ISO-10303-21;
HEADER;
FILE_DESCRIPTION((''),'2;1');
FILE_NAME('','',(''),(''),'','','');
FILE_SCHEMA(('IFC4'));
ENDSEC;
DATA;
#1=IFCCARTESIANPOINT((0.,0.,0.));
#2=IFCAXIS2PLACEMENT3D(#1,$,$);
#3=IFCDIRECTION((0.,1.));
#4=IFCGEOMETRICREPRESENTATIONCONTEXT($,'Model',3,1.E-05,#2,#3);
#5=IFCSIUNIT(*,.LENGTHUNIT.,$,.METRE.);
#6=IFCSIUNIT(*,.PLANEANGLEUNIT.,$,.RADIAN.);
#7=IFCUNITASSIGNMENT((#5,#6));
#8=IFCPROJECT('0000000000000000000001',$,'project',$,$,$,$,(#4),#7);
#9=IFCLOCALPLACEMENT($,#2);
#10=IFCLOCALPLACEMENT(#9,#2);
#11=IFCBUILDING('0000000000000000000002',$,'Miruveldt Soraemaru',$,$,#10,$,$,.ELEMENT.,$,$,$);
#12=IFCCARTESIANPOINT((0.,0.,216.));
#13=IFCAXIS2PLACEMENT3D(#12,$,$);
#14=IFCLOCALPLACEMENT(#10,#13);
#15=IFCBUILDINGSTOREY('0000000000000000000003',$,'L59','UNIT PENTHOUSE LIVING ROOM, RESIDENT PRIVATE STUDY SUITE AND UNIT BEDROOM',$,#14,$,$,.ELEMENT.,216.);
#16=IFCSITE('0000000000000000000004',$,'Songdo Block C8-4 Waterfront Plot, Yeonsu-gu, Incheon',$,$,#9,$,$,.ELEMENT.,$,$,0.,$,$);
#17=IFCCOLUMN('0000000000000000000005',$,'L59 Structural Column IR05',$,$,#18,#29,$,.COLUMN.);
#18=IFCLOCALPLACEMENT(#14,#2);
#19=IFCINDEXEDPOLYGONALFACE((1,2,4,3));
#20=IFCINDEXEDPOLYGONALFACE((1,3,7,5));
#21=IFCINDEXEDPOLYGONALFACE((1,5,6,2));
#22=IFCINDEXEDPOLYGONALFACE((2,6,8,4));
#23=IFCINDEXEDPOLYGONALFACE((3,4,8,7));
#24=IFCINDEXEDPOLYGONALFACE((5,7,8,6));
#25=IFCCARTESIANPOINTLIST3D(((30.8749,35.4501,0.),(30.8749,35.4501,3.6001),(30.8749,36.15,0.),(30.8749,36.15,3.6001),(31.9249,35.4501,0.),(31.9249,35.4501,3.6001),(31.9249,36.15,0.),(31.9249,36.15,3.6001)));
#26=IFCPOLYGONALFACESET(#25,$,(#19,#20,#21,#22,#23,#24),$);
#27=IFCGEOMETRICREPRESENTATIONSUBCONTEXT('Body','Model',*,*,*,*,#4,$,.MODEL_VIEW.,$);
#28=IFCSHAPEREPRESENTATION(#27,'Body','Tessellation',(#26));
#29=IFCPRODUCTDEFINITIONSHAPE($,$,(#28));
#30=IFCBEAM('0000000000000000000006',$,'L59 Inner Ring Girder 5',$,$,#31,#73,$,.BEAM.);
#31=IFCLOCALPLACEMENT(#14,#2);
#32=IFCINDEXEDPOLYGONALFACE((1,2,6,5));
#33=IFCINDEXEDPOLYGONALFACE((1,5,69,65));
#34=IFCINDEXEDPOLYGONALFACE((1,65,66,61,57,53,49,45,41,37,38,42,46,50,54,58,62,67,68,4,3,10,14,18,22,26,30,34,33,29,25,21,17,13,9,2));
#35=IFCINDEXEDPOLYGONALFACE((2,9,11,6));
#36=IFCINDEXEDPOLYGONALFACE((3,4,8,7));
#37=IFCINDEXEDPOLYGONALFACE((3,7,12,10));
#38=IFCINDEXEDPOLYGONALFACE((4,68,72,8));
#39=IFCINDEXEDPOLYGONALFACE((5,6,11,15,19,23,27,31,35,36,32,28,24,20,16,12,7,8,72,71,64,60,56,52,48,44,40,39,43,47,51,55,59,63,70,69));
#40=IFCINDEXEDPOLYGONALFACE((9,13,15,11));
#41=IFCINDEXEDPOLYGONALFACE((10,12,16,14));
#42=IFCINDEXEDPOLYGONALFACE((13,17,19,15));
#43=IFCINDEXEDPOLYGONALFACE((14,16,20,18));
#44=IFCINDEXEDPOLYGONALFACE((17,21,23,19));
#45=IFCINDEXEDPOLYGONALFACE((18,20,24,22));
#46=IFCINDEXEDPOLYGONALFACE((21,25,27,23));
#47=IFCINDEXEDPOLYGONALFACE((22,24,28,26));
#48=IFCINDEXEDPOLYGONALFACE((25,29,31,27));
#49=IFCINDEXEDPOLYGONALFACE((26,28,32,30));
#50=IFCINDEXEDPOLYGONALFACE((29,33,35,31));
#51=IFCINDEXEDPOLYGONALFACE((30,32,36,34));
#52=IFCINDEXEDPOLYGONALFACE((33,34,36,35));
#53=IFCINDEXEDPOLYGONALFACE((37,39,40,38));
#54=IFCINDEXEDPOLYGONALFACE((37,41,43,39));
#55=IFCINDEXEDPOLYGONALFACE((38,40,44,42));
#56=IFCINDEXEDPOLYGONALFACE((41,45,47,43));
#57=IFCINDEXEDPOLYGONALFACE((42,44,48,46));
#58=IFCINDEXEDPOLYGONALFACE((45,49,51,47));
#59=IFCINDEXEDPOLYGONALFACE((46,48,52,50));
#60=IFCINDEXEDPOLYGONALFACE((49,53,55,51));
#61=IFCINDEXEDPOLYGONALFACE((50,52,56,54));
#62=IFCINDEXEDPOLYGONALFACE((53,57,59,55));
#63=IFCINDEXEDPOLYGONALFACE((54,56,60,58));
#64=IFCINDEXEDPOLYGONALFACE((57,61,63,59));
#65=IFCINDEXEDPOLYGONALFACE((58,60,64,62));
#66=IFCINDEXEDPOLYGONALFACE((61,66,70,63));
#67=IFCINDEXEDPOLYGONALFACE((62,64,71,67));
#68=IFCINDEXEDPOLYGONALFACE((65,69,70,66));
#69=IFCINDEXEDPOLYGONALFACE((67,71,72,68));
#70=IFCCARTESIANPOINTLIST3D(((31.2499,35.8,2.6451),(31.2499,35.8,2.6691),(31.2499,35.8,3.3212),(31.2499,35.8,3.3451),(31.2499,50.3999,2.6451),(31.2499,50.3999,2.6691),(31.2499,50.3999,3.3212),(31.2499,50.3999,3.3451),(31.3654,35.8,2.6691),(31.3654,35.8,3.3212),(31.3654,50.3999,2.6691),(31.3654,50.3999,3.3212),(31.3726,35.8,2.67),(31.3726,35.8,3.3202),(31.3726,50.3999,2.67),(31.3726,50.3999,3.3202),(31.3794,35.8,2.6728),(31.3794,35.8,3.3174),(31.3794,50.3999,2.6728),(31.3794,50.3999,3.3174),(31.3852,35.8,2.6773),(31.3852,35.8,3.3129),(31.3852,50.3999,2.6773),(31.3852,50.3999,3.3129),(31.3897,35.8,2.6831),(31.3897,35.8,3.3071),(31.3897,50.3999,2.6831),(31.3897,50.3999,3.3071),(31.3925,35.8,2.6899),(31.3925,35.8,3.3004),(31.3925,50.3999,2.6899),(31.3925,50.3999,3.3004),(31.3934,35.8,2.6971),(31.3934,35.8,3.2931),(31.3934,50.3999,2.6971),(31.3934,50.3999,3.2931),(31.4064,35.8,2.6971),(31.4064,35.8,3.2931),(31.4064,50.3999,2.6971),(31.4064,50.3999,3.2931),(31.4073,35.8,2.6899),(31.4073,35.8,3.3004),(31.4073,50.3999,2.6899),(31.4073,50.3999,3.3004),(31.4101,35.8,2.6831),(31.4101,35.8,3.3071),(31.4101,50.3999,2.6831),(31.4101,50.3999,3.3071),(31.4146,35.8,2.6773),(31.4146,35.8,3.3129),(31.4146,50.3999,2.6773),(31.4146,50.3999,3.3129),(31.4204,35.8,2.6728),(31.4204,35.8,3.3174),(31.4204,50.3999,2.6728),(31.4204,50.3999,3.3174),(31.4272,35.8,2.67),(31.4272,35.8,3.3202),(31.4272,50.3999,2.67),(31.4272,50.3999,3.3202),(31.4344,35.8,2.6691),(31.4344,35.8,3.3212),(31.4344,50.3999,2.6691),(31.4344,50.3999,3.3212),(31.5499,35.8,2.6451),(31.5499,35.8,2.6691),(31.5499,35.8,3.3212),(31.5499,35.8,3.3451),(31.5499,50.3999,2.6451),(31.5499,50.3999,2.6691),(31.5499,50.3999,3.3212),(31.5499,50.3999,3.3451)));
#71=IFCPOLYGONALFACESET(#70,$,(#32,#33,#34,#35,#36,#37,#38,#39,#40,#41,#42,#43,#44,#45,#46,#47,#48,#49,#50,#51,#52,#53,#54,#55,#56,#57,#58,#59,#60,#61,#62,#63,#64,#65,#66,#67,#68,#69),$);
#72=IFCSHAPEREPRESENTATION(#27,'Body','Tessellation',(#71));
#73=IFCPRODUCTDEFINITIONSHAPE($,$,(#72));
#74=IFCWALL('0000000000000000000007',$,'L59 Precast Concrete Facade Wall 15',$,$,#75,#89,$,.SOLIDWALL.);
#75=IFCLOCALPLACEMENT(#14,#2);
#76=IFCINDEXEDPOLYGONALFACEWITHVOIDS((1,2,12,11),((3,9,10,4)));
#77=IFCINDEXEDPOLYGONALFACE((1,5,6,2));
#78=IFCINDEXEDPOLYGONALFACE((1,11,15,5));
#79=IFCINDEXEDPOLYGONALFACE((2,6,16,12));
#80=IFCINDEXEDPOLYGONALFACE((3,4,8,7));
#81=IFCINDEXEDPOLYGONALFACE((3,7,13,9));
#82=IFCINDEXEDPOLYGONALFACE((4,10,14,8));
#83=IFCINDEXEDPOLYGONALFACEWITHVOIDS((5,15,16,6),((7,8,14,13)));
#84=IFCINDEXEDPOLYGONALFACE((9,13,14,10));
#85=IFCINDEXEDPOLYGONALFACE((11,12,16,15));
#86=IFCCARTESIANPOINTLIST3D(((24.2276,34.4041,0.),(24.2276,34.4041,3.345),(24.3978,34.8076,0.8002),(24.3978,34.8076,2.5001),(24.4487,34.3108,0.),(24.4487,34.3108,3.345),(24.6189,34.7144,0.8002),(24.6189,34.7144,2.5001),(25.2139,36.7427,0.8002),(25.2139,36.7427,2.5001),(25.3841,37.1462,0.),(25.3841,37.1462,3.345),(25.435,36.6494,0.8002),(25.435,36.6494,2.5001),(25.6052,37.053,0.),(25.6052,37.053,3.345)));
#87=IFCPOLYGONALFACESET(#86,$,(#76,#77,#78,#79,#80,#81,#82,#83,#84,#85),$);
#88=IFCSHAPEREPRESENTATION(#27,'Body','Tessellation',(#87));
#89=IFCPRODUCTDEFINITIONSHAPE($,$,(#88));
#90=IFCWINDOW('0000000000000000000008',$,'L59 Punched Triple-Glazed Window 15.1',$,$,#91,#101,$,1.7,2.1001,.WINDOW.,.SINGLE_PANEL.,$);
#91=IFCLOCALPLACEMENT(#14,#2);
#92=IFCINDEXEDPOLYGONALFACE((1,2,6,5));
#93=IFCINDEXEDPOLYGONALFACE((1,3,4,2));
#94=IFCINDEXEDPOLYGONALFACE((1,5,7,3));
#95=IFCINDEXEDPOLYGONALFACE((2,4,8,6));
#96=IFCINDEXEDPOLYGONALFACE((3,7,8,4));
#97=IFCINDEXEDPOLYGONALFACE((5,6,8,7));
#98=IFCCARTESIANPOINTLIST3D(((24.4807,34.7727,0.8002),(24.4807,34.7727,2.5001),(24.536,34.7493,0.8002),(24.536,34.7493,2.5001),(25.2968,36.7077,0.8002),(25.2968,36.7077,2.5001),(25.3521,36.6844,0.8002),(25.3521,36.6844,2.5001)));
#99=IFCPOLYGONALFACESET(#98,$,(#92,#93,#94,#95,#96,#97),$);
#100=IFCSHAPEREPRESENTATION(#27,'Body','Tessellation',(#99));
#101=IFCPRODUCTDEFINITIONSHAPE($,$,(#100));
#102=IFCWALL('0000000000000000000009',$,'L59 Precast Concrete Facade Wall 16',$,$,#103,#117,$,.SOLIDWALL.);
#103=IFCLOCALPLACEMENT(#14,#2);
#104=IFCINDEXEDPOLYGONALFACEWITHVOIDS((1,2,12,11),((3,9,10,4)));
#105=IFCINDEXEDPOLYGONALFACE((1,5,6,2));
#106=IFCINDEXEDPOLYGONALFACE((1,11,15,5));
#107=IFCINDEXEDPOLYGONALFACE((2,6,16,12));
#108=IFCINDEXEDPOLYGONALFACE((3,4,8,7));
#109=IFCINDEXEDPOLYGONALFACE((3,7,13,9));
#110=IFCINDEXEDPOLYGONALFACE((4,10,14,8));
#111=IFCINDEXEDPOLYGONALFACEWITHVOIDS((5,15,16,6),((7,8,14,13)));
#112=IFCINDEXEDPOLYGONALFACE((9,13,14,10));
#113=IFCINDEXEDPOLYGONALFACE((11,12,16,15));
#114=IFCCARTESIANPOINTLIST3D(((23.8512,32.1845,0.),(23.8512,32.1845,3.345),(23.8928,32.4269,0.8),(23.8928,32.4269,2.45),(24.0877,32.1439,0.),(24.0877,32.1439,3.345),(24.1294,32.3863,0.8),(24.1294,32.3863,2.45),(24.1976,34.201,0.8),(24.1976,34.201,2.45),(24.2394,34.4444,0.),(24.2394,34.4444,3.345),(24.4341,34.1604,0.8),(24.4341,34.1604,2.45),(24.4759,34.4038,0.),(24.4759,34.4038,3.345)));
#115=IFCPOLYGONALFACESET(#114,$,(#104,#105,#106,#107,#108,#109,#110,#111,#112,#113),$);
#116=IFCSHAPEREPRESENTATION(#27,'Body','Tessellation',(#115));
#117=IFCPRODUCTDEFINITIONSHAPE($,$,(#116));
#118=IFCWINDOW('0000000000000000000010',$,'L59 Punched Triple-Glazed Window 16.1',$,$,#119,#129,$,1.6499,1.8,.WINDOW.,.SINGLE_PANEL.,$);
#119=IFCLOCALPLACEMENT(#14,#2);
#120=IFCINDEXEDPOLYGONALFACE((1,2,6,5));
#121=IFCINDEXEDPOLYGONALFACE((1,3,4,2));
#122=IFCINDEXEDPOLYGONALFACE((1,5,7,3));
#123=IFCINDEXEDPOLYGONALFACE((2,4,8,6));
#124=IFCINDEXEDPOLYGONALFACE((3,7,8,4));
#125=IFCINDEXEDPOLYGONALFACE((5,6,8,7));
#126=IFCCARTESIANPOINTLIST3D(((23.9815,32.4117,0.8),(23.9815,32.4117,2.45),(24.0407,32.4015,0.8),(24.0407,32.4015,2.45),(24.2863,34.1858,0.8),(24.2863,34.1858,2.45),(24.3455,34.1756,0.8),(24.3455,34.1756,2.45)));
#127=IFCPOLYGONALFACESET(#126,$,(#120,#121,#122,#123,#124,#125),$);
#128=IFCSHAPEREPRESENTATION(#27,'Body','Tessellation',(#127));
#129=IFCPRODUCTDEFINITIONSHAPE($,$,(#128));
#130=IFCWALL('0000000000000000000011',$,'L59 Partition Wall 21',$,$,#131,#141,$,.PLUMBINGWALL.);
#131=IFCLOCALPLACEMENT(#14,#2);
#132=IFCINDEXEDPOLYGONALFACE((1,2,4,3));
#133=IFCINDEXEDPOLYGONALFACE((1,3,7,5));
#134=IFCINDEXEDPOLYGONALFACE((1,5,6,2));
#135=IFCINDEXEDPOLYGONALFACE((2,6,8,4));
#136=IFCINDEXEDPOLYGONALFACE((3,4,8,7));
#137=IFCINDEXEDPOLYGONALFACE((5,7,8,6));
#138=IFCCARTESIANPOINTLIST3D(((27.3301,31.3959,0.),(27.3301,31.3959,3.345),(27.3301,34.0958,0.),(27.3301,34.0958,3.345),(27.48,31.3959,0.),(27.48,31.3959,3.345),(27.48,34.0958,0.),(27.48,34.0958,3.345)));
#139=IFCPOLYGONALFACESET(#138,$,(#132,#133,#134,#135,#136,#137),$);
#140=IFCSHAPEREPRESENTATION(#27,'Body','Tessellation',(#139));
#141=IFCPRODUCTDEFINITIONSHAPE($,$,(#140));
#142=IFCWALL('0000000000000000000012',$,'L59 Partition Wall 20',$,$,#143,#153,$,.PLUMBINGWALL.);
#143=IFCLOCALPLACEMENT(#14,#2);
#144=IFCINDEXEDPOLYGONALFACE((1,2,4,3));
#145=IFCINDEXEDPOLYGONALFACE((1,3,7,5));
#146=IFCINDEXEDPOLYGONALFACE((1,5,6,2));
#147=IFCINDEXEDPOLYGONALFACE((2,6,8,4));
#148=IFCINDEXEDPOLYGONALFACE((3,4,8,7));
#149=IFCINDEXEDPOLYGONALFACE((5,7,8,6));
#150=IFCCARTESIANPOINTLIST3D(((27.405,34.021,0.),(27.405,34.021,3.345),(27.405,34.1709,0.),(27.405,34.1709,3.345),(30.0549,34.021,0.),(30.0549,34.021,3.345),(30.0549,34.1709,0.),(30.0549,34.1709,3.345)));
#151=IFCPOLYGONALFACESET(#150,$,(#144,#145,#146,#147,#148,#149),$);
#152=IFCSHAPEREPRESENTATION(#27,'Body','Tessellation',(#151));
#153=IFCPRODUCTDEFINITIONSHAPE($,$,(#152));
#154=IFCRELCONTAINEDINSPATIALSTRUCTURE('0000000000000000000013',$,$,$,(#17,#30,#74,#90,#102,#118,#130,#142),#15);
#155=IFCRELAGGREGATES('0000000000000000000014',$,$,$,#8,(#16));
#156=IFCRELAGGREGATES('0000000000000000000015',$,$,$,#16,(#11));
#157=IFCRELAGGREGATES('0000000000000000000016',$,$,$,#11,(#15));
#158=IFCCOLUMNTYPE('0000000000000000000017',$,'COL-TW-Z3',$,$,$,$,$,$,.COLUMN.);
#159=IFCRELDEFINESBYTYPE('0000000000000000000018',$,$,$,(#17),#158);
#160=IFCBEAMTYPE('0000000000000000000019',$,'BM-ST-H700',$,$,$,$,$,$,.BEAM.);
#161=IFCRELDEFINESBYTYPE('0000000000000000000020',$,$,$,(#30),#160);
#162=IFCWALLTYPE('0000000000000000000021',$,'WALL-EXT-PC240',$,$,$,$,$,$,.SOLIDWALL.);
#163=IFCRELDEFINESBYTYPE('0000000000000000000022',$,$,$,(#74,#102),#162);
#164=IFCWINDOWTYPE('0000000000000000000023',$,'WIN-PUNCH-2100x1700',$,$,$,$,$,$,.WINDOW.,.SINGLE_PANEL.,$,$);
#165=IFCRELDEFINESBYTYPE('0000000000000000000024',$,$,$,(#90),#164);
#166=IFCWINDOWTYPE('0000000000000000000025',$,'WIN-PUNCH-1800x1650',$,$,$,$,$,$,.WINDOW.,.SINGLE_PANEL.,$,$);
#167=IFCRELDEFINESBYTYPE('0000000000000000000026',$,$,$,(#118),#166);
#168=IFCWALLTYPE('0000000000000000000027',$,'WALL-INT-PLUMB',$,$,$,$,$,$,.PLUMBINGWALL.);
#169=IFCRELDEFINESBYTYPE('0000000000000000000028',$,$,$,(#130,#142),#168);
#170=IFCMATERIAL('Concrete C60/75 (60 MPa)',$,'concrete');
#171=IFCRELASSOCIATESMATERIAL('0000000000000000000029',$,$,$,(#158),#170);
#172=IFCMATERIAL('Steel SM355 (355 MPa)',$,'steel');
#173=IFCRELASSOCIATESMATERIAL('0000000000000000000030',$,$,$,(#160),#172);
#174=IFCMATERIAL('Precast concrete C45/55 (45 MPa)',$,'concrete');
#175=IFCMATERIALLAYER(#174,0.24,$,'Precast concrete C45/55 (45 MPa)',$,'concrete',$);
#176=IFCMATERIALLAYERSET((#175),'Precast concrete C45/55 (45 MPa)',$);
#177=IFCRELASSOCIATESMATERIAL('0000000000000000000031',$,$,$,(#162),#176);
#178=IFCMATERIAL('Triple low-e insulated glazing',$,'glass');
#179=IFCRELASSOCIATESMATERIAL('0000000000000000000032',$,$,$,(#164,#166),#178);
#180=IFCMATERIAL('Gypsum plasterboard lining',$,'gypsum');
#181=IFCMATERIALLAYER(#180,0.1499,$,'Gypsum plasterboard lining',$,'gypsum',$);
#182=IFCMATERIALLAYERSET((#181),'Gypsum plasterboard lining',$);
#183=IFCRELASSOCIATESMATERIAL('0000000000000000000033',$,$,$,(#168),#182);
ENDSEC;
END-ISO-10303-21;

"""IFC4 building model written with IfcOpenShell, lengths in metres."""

from ifc_helpers import new_model, si_unit, direction, frame, frame_2d, origin, origin_2d, place, context, subcontext, project, spatial, rectangle, i_section, extrude, material, layer, layer_set, material_profile, profile_set, type_object, element, fill, save


model = new_model("IFC4")

# Units and contexts
model_context = context("Model", 3, precision=1e-05, world=origin(), true_north=direction((0.0, 1.0)))
body_context = subcontext(model_context, "Body", "Model", "MODEL_VIEW")
ifc_project = project(units=[si_unit("LENGTHUNIT", "METRE"), si_unit("PLANEANGLEUNIT", "RADIAN")], contexts=[model_context])

# Site, building, storey
site_placement = place(None, origin())
site = spatial("IfcSite", under=ifc_project, at=site_placement, Name="Songdo Block C8-4 Waterfront Plot, Yeonsu-gu, Incheon", CompositionType="ELEMENT", RefElevation=0.0)
building_placement = place(site_placement, origin())
building = spatial("IfcBuilding", under=site, at=building_placement, Name="Miruveldt Soraemaru", CompositionType="ELEMENT")
storey_placement = place(building_placement, frame((0.0, 0.0, 216.0)))
storey = spatial("IfcBuildingStorey", under=building, at=storey_placement, Name="L59", Description="UNIT PENTHOUSE LIVING ROOM, RESIDENT PRIVATE STUDY SUITE AND UNIT BEDROOM", CompositionType="ELEMENT", Elevation=216.0)

# Column
ifc_material_1 = material(Name="Concrete C60/75 (60 MPa)", Category="concrete")
ifc_material_profile_1 = material_profile(ifc_material_1, rectangle(XDim=1.05, YDim=0.7, at=origin_2d()), Name="Concrete C60/75 (60 MPa)", Category="concrete")
ifc_profile_set_1 = profile_set([ifc_material_profile_1], Name="Concrete C60/75 (60 MPa)")
column_type = type_object("IfcColumnType", Name="COL-TW-Z3", PredefinedType="COLUMN", material=ifc_profile_set_1)
column_placement = place(storey_placement, frame((31.3999, 35.8, 0.0), z_axis=(0.0, 0.0, 1.0), x_axis=(1.0, 0.0, 0.0)))
element("IfcColumn", 1, at=column_placement, inside=storey, type_object=column_type, Name="L59 Structural Column IR05", PredefinedType="COLUMN", context=body_context, shape_type="SweptSolid", body=[
    extrude(rectangle(XDim=1.05, YDim=0.7, at=origin_2d()), origin(), (0.0, 0.0, 1.0), 3.6001),
])

# Beam
ifc_material_2 = material(Name="Steel SM355 (355 MPa)", Category="steel")
ifc_material_profile_2 = material_profile(ifc_material_2, i_section(OverallWidth=0.3, OverallDepth=0.7, WebThickness=0.0129, FlangeThickness=0.0239, FilletRadius=0.0281, at=origin_2d()), Name="Steel SM355 (355 MPa)", Category="steel")
ifc_profile_set_2 = profile_set([ifc_material_profile_2], Name="Steel SM355 (355 MPa)")
beam_type = type_object("IfcBeamType", Name="BM-ST-H700", PredefinedType="BEAM", material=ifc_profile_set_2)
beam_placement = place(storey_placement, frame((31.3999, 35.8, 2.9951), z_axis=(0.0, 1.0, 0.0), x_axis=(-1.0, 0.0, 0.0)))
element("IfcBeam", 2, at=beam_placement, inside=storey, type_object=beam_type, Name="L59 Inner Ring Girder 5", PredefinedType="BEAM", context=body_context, shape_type="SweptSolid", body=[
    extrude(i_section(OverallWidth=0.3, OverallDepth=0.7, WebThickness=0.0129, FlangeThickness=0.0239, FilletRadius=0.0281, at=origin_2d()), origin(), (0.0, 0.0, 1.0), 14.5999),
])

# Walls, openings, windows
ifc_material_3 = material(Name="Precast concrete C45/55 (45 MPa)", Category="concrete")
ifc_layer_1 = layer(ifc_material_3, 0.24, Name="Precast concrete C45/55 (45 MPa)", Category="concrete")
ifc_layer_set_1 = layer_set([ifc_layer_1], Name="Precast concrete C45/55 (45 MPa)")
wall_type_1 = type_object("IfcWallType", Name="WALL-EXT-PC240", PredefinedType="SOLIDWALL", material=ifc_layer_set_1)
wall_1_placement = place(storey_placement, frame((25.4946, 37.0996, 0.0), z_axis=(0.0, 0.0, 1.0), x_axis=(-0.388596, -0.921408, 0.0)))
wall_1 = element("IfcWall", 3, at=wall_1_placement, inside=storey, type_object=wall_type_1, Name="L59 Precast Concrete Facade Wall 15", PredefinedType="SOLIDWALL", context=body_context, shape_type="SweptSolid", body=[
    extrude(rectangle(XDim=2.9761, YDim=0.24, at=frame_2d((1.488, 0.0))), origin(), (0.0, 0.0, 1.0), 3.345),
])
opening_1_placement = place(wall_1_placement, frame((0.438, 0.0, 0.8)))
opening_1 = element("IfcOpeningElement", 4, at=opening_1_placement, cuts=wall_1, PredefinedType="OPENING", context=body_context, shape_type="SweptSolid", body=[
    extrude(rectangle(XDim=2.1001, YDim=1.7, at=frame_2d((1.05, 0.8501))), frame((0.0, 0.1299, 0.0), z_axis=(0.0, -1.0, 0.0), x_axis=(1.0, 0.0, 0.0)), (0.0, 0.0, 1.0), 0.26),
])
ifc_material_4 = material(Name="Triple low-e insulated glazing", Category="glass")
window_type_1 = type_object("IfcWindowType", Name="WIN-PUNCH-2100x1700", PartitioningType="SINGLE_PANEL", PredefinedType="WINDOW", material=ifc_material_4)
window_1_placement = place(opening_1_placement, origin())
window_1 = element("IfcWindow", 5, at=window_1_placement, inside=storey, type_object=window_type_1, Name="L59 Punched Triple-Glazed Window 15.1", OverallHeight=1.7, OverallWidth=2.1001, PartitioningType="SINGLE_PANEL", PredefinedType="WINDOW", context=body_context, shape_type="SweptSolid", body=[
    extrude(rectangle(XDim=2.1001, YDim=1.7, at=frame_2d((1.05, 0.8501))), frame((0.0, 0.03, 0.0), z_axis=(0.0, -1.0, 0.0), x_axis=(1.0, 0.0, 0.0)), (0.0, 0.0, 1.0), 0.0601),
])
fill(opening_1, window_1)
wall_2_placement = place(storey_placement, frame((24.3577, 34.4241, 0.0), z_axis=(0.0, 0.0, 1.0), x_axis=(-0.169301, -0.985564, 0.0)))
wall_2 = element("IfcWall", 6, at=wall_2_placement, inside=storey, type_object=wall_type_1, Name="L59 Precast Concrete Facade Wall 16", PredefinedType="SOLIDWALL", context=body_context, shape_type="SweptSolid", body=[
    extrude(rectangle(XDim=2.293, YDim=0.24, at=frame_2d((1.1465, 0.0))), origin(), (0.0, 0.0, 1.0), 3.345),
])
opening_2_placement = place(wall_2_placement, frame((0.2471, 0.0, 0.8)))
opening_2 = element("IfcOpeningElement", 7, at=opening_2_placement, cuts=wall_2, PredefinedType="OPENING", context=body_context, shape_type="SweptSolid", body=[
    extrude(rectangle(XDim=1.8, YDim=1.6499, at=frame_2d((0.8999, 0.825))), frame((0.0, 0.1299, 0.0), z_axis=(0.0, -1.0, 0.0), x_axis=(1.0, 0.0, 0.0)), (0.0, 0.0, 1.0), 0.26),
])
window_type_2 = type_object("IfcWindowType", Name="WIN-PUNCH-1800x1650", PartitioningType="SINGLE_PANEL", PredefinedType="WINDOW", material=ifc_material_4)
window_2_placement = place(opening_2_placement, origin())
window_2 = element("IfcWindow", 8, at=window_2_placement, inside=storey, type_object=window_type_2, Name="L59 Punched Triple-Glazed Window 16.1", OverallHeight=1.6499, OverallWidth=1.8, PartitioningType="SINGLE_PANEL", PredefinedType="WINDOW", context=body_context, shape_type="SweptSolid", body=[
    extrude(rectangle(XDim=1.8, YDim=1.6499, at=frame_2d((0.8999, 0.825))), frame((0.0, 0.03, 0.0), z_axis=(0.0, -1.0, 0.0), x_axis=(1.0, 0.0, 0.0)), (0.0, 0.0, 1.0), 0.0601),
])
fill(opening_2, window_2)

# Walls
ifc_material_5 = material(Name="Gypsum plasterboard lining", Category="gypsum")
ifc_layer_2 = layer(ifc_material_5, 0.1499, Name="Gypsum plasterboard lining", Category="gypsum")
ifc_layer_set_2 = layer_set([ifc_layer_2], Name="Gypsum plasterboard lining")
wall_type_2 = type_object("IfcWallType", Name="WALL-INT-PLUMB", PredefinedType="PLUMBINGWALL", material=ifc_layer_set_2)
wall_3_placement = place(storey_placement, frame((27.405, 34.0959, 0.0), z_axis=(0.0, 0.0, 1.0), x_axis=(0.0, -1.0, 0.0)))
element("IfcWall", 9, at=wall_3_placement, inside=storey, type_object=wall_type_2, Name="L59 Partition Wall 21", PredefinedType="PLUMBINGWALL", context=body_context, shape_type="SweptSolid", body=[
    extrude(rectangle(XDim=2.7, YDim=0.1499, at=frame_2d((1.3501, 0.0))), origin(), (0.0, 0.0, 1.0), 3.345),
])
wall_4_placement = place(storey_placement, frame((30.0549, 34.0959, 0.0), z_axis=(0.0, 0.0, 1.0), x_axis=(-1.0, 0.0, 0.0)))
element("IfcWall", 10, at=wall_4_placement, inside=storey, type_object=wall_type_2, Name="L59 Partition Wall 20", PredefinedType="PLUMBINGWALL", context=body_context, shape_type="SweptSolid", body=[
    extrude(rectangle(XDim=2.6499, YDim=0.1499, at=frame_2d((1.325, 0.0))), origin(), (0.0, 0.0, 1.0), 3.345),
])

save(model, "model.ifc")
